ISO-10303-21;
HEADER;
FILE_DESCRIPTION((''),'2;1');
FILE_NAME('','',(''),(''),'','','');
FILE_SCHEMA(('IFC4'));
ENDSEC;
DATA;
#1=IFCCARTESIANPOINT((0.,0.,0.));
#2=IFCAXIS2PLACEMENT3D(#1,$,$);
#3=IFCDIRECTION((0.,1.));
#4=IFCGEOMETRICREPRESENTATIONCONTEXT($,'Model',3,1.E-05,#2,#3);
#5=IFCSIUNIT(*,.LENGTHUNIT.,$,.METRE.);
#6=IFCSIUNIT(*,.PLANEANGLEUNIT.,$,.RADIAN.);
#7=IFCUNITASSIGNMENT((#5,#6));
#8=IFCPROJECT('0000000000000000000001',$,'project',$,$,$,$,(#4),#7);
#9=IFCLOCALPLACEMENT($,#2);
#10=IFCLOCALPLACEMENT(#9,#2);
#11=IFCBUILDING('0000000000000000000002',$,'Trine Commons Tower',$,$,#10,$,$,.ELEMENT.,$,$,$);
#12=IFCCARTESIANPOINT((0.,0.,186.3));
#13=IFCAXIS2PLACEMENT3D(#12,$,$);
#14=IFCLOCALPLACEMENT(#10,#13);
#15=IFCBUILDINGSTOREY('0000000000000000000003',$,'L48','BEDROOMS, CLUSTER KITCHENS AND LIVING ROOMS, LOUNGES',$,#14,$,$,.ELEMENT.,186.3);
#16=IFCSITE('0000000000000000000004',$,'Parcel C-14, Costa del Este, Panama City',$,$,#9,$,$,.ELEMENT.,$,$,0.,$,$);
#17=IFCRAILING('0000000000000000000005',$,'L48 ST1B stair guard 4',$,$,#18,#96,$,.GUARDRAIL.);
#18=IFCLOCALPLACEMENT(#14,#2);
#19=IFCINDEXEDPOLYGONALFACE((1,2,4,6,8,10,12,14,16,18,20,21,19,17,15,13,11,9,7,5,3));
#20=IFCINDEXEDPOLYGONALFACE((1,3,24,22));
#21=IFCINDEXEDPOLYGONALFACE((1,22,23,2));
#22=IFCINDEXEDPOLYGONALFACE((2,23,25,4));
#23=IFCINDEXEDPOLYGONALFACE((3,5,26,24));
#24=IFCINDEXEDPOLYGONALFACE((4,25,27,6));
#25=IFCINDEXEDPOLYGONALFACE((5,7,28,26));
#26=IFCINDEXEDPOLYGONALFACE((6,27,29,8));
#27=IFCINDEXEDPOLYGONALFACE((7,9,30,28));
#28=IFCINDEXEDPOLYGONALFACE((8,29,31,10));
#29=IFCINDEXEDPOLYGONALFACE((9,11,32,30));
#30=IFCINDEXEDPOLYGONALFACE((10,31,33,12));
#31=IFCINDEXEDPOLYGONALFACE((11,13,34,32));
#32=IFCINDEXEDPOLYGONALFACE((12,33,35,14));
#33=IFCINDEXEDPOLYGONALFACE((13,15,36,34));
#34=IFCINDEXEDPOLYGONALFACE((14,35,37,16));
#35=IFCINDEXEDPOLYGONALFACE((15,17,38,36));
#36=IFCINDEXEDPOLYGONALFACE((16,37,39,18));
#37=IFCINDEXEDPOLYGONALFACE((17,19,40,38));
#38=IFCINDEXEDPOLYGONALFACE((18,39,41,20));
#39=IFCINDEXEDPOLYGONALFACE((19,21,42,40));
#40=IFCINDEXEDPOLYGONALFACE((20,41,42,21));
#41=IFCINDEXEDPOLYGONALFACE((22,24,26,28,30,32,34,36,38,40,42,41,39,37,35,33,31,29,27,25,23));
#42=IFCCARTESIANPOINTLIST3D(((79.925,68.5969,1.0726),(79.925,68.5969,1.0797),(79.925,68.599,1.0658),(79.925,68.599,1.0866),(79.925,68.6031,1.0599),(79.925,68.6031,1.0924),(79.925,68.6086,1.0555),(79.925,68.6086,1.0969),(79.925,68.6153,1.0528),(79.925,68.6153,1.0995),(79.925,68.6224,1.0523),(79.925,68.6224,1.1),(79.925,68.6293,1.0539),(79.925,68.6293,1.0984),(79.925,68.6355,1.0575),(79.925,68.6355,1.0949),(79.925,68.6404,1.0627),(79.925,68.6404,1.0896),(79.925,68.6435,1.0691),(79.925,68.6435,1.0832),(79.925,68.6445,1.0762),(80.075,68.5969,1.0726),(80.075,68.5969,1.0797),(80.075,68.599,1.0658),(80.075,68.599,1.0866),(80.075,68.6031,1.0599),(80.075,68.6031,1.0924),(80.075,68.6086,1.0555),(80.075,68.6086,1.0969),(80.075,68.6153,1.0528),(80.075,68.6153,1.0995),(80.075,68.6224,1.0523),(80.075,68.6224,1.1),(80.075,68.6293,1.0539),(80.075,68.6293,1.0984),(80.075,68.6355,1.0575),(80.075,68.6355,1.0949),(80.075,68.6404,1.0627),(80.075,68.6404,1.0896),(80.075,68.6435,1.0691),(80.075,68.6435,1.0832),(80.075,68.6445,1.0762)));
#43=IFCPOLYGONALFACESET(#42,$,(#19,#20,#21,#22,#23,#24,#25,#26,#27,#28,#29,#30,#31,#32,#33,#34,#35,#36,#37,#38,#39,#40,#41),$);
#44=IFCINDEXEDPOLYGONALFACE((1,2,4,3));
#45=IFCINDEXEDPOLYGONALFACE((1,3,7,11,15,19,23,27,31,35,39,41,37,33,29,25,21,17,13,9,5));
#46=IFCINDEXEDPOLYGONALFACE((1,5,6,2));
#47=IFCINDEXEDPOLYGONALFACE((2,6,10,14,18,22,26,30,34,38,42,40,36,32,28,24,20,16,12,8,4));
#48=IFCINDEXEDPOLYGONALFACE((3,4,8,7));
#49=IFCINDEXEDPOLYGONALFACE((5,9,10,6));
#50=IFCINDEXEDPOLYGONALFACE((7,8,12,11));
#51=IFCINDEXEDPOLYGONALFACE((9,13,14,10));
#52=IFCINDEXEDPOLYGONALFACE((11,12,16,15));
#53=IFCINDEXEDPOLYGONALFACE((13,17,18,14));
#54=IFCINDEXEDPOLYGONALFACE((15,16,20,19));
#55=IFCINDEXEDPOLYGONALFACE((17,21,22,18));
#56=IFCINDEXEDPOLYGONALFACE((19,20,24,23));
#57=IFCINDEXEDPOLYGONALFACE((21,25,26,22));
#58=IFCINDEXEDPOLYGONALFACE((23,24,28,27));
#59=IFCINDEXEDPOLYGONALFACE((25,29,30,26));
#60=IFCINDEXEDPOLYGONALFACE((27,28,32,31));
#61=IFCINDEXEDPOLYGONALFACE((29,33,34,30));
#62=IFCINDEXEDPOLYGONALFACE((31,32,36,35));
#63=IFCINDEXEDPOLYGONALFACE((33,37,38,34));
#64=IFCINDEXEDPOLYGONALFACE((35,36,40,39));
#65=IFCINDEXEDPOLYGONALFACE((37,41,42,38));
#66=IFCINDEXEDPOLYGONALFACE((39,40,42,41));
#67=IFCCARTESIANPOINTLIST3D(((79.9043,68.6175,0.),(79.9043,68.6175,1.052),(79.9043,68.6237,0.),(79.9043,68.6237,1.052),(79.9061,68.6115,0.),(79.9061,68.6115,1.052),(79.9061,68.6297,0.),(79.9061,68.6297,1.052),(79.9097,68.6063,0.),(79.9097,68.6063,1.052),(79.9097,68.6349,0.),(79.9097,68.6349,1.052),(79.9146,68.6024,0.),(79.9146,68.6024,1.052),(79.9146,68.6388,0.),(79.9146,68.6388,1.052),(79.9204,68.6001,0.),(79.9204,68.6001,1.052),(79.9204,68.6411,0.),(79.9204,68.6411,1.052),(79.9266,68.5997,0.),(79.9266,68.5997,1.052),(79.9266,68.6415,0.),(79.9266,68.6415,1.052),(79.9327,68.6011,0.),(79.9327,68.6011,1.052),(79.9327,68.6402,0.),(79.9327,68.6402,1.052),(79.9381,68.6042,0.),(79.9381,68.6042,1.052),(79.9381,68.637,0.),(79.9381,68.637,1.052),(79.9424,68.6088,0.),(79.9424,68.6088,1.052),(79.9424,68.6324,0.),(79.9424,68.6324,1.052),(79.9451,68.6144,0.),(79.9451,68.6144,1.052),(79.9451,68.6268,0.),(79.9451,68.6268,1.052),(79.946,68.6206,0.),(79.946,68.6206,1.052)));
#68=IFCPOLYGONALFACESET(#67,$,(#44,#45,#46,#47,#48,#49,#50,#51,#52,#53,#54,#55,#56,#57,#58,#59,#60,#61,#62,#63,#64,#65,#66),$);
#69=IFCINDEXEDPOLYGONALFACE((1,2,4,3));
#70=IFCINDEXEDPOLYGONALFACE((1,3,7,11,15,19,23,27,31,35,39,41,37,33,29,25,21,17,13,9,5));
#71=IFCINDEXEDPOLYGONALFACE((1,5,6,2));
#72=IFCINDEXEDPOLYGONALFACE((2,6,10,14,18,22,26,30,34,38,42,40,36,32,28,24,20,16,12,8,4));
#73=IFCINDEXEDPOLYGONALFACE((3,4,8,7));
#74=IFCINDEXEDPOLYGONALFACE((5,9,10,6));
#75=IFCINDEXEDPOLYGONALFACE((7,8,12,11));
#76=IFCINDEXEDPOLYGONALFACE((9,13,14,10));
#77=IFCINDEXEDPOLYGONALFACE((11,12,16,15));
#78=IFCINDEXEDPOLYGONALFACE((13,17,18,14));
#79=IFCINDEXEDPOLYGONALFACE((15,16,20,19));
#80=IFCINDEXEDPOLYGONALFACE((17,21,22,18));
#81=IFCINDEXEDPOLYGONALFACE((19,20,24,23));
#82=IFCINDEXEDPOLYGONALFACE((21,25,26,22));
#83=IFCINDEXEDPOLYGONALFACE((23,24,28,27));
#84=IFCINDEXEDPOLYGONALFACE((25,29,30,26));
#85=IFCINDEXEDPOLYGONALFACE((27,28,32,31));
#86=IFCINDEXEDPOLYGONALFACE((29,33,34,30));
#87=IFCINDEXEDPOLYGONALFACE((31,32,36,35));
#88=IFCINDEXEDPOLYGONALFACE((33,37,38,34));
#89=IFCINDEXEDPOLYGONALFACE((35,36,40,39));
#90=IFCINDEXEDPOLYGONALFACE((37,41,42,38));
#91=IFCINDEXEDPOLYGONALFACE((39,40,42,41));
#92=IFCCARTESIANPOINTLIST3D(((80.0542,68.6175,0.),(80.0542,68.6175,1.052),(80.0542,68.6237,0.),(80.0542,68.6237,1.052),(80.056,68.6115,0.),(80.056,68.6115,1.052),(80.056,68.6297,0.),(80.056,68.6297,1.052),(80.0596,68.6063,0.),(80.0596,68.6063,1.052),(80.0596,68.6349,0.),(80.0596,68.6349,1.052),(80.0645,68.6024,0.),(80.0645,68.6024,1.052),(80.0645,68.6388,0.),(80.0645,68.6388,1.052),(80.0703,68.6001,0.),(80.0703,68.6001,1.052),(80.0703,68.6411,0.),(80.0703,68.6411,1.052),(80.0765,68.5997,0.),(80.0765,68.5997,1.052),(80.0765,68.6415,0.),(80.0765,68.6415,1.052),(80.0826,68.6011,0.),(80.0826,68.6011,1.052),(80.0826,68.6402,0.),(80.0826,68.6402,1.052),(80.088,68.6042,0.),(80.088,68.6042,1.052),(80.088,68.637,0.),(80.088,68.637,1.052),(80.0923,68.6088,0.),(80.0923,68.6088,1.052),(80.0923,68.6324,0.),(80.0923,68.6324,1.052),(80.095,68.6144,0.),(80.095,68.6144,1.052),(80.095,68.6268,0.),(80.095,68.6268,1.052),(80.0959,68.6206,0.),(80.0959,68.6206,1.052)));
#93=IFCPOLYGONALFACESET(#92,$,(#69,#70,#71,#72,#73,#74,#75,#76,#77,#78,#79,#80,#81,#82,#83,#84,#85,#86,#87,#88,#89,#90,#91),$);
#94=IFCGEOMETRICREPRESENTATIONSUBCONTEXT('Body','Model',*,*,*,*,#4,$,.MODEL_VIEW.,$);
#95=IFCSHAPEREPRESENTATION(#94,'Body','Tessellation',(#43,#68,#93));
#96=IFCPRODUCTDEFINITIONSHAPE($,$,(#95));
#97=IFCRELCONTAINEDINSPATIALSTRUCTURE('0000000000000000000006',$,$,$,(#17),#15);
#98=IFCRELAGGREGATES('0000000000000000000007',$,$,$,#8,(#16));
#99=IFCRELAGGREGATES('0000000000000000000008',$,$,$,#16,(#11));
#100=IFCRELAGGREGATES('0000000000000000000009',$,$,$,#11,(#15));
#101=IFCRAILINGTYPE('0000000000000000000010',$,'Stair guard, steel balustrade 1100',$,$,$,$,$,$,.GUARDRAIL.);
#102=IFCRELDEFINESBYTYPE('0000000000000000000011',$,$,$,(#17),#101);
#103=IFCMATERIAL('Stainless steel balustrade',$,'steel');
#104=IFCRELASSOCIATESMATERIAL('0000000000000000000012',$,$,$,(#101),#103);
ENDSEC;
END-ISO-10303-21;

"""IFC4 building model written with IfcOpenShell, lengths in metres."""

from ifc_helpers import new_model, si_unit, direction, frame, origin, origin_2d, place, context, subcontext, project, spatial, circle, extrude, material, type_object, element, save


model = new_model("IFC4")

# Units and contexts
model_context = context("Model", 3, precision=1e-05, world=origin(), true_north=direction((0.0, 1.0)))
body_context = subcontext(model_context, "Body", "Model", "MODEL_VIEW")
ifc_project = project(units=[si_unit("LENGTHUNIT", "METRE"), si_unit("PLANEANGLEUNIT", "RADIAN")], contexts=[model_context])

# Site, building, storey
site_placement = place(None, origin())
site = spatial("IfcSite", under=ifc_project, at=site_placement, Name="Parcel C-14, Costa del Este, Panama City", CompositionType="ELEMENT", RefElevation=0.0)
building_placement = place(site_placement, origin())
building = spatial("IfcBuilding", under=site, at=building_placement, Name="Trine Commons Tower", CompositionType="ELEMENT")
storey_placement = place(building_placement, frame((0.0, 0.0, 186.3)))
storey = spatial("IfcBuildingStorey", under=building, at=storey_placement, Name="L48", Description="BEDROOMS, CLUSTER KITCHENS AND LIVING ROOMS, LOUNGES", CompositionType="ELEMENT", Elevation=186.3)

# Railing
ifc_material_1 = material(Name="Stainless steel balustrade", Category="steel")
railing_type_1 = type_object("IfcRailingType", Name="Stair guard, steel balustrade 1100", PredefinedType="GUARDRAIL", material=ifc_material_1)
railing_1_placement = place(storey_placement, frame((79.925, 68.6206, 0.0)))
element("IfcRailing", 1, at=railing_1_placement, inside=storey, type_object=railing_type_1, Name="L48 ST1B stair guard 4", PredefinedType="GUARDRAIL", context=body_context, shape_type="SweptSolid", body=[
    extrude(circle(Radius=0.0239, at=origin_2d()), frame((0.0, 0.0, 1.0762), z_axis=(1.0, 0.0, 0.0), x_axis=(0.0, 1.0, 0.0)), (0.0, 0.0, 1.0), 0.1499),
    extrude(circle(Radius=0.021, at=origin_2d()), origin(), (0.0, 0.0, 1.0), 1.052),
    extrude(circle(Radius=0.021, at=origin_2d()), frame((0.1499, 0.0, 0.0)), (0.0, 0.0, 1.0), 1.052),
])

save(model, "model.ifc")
